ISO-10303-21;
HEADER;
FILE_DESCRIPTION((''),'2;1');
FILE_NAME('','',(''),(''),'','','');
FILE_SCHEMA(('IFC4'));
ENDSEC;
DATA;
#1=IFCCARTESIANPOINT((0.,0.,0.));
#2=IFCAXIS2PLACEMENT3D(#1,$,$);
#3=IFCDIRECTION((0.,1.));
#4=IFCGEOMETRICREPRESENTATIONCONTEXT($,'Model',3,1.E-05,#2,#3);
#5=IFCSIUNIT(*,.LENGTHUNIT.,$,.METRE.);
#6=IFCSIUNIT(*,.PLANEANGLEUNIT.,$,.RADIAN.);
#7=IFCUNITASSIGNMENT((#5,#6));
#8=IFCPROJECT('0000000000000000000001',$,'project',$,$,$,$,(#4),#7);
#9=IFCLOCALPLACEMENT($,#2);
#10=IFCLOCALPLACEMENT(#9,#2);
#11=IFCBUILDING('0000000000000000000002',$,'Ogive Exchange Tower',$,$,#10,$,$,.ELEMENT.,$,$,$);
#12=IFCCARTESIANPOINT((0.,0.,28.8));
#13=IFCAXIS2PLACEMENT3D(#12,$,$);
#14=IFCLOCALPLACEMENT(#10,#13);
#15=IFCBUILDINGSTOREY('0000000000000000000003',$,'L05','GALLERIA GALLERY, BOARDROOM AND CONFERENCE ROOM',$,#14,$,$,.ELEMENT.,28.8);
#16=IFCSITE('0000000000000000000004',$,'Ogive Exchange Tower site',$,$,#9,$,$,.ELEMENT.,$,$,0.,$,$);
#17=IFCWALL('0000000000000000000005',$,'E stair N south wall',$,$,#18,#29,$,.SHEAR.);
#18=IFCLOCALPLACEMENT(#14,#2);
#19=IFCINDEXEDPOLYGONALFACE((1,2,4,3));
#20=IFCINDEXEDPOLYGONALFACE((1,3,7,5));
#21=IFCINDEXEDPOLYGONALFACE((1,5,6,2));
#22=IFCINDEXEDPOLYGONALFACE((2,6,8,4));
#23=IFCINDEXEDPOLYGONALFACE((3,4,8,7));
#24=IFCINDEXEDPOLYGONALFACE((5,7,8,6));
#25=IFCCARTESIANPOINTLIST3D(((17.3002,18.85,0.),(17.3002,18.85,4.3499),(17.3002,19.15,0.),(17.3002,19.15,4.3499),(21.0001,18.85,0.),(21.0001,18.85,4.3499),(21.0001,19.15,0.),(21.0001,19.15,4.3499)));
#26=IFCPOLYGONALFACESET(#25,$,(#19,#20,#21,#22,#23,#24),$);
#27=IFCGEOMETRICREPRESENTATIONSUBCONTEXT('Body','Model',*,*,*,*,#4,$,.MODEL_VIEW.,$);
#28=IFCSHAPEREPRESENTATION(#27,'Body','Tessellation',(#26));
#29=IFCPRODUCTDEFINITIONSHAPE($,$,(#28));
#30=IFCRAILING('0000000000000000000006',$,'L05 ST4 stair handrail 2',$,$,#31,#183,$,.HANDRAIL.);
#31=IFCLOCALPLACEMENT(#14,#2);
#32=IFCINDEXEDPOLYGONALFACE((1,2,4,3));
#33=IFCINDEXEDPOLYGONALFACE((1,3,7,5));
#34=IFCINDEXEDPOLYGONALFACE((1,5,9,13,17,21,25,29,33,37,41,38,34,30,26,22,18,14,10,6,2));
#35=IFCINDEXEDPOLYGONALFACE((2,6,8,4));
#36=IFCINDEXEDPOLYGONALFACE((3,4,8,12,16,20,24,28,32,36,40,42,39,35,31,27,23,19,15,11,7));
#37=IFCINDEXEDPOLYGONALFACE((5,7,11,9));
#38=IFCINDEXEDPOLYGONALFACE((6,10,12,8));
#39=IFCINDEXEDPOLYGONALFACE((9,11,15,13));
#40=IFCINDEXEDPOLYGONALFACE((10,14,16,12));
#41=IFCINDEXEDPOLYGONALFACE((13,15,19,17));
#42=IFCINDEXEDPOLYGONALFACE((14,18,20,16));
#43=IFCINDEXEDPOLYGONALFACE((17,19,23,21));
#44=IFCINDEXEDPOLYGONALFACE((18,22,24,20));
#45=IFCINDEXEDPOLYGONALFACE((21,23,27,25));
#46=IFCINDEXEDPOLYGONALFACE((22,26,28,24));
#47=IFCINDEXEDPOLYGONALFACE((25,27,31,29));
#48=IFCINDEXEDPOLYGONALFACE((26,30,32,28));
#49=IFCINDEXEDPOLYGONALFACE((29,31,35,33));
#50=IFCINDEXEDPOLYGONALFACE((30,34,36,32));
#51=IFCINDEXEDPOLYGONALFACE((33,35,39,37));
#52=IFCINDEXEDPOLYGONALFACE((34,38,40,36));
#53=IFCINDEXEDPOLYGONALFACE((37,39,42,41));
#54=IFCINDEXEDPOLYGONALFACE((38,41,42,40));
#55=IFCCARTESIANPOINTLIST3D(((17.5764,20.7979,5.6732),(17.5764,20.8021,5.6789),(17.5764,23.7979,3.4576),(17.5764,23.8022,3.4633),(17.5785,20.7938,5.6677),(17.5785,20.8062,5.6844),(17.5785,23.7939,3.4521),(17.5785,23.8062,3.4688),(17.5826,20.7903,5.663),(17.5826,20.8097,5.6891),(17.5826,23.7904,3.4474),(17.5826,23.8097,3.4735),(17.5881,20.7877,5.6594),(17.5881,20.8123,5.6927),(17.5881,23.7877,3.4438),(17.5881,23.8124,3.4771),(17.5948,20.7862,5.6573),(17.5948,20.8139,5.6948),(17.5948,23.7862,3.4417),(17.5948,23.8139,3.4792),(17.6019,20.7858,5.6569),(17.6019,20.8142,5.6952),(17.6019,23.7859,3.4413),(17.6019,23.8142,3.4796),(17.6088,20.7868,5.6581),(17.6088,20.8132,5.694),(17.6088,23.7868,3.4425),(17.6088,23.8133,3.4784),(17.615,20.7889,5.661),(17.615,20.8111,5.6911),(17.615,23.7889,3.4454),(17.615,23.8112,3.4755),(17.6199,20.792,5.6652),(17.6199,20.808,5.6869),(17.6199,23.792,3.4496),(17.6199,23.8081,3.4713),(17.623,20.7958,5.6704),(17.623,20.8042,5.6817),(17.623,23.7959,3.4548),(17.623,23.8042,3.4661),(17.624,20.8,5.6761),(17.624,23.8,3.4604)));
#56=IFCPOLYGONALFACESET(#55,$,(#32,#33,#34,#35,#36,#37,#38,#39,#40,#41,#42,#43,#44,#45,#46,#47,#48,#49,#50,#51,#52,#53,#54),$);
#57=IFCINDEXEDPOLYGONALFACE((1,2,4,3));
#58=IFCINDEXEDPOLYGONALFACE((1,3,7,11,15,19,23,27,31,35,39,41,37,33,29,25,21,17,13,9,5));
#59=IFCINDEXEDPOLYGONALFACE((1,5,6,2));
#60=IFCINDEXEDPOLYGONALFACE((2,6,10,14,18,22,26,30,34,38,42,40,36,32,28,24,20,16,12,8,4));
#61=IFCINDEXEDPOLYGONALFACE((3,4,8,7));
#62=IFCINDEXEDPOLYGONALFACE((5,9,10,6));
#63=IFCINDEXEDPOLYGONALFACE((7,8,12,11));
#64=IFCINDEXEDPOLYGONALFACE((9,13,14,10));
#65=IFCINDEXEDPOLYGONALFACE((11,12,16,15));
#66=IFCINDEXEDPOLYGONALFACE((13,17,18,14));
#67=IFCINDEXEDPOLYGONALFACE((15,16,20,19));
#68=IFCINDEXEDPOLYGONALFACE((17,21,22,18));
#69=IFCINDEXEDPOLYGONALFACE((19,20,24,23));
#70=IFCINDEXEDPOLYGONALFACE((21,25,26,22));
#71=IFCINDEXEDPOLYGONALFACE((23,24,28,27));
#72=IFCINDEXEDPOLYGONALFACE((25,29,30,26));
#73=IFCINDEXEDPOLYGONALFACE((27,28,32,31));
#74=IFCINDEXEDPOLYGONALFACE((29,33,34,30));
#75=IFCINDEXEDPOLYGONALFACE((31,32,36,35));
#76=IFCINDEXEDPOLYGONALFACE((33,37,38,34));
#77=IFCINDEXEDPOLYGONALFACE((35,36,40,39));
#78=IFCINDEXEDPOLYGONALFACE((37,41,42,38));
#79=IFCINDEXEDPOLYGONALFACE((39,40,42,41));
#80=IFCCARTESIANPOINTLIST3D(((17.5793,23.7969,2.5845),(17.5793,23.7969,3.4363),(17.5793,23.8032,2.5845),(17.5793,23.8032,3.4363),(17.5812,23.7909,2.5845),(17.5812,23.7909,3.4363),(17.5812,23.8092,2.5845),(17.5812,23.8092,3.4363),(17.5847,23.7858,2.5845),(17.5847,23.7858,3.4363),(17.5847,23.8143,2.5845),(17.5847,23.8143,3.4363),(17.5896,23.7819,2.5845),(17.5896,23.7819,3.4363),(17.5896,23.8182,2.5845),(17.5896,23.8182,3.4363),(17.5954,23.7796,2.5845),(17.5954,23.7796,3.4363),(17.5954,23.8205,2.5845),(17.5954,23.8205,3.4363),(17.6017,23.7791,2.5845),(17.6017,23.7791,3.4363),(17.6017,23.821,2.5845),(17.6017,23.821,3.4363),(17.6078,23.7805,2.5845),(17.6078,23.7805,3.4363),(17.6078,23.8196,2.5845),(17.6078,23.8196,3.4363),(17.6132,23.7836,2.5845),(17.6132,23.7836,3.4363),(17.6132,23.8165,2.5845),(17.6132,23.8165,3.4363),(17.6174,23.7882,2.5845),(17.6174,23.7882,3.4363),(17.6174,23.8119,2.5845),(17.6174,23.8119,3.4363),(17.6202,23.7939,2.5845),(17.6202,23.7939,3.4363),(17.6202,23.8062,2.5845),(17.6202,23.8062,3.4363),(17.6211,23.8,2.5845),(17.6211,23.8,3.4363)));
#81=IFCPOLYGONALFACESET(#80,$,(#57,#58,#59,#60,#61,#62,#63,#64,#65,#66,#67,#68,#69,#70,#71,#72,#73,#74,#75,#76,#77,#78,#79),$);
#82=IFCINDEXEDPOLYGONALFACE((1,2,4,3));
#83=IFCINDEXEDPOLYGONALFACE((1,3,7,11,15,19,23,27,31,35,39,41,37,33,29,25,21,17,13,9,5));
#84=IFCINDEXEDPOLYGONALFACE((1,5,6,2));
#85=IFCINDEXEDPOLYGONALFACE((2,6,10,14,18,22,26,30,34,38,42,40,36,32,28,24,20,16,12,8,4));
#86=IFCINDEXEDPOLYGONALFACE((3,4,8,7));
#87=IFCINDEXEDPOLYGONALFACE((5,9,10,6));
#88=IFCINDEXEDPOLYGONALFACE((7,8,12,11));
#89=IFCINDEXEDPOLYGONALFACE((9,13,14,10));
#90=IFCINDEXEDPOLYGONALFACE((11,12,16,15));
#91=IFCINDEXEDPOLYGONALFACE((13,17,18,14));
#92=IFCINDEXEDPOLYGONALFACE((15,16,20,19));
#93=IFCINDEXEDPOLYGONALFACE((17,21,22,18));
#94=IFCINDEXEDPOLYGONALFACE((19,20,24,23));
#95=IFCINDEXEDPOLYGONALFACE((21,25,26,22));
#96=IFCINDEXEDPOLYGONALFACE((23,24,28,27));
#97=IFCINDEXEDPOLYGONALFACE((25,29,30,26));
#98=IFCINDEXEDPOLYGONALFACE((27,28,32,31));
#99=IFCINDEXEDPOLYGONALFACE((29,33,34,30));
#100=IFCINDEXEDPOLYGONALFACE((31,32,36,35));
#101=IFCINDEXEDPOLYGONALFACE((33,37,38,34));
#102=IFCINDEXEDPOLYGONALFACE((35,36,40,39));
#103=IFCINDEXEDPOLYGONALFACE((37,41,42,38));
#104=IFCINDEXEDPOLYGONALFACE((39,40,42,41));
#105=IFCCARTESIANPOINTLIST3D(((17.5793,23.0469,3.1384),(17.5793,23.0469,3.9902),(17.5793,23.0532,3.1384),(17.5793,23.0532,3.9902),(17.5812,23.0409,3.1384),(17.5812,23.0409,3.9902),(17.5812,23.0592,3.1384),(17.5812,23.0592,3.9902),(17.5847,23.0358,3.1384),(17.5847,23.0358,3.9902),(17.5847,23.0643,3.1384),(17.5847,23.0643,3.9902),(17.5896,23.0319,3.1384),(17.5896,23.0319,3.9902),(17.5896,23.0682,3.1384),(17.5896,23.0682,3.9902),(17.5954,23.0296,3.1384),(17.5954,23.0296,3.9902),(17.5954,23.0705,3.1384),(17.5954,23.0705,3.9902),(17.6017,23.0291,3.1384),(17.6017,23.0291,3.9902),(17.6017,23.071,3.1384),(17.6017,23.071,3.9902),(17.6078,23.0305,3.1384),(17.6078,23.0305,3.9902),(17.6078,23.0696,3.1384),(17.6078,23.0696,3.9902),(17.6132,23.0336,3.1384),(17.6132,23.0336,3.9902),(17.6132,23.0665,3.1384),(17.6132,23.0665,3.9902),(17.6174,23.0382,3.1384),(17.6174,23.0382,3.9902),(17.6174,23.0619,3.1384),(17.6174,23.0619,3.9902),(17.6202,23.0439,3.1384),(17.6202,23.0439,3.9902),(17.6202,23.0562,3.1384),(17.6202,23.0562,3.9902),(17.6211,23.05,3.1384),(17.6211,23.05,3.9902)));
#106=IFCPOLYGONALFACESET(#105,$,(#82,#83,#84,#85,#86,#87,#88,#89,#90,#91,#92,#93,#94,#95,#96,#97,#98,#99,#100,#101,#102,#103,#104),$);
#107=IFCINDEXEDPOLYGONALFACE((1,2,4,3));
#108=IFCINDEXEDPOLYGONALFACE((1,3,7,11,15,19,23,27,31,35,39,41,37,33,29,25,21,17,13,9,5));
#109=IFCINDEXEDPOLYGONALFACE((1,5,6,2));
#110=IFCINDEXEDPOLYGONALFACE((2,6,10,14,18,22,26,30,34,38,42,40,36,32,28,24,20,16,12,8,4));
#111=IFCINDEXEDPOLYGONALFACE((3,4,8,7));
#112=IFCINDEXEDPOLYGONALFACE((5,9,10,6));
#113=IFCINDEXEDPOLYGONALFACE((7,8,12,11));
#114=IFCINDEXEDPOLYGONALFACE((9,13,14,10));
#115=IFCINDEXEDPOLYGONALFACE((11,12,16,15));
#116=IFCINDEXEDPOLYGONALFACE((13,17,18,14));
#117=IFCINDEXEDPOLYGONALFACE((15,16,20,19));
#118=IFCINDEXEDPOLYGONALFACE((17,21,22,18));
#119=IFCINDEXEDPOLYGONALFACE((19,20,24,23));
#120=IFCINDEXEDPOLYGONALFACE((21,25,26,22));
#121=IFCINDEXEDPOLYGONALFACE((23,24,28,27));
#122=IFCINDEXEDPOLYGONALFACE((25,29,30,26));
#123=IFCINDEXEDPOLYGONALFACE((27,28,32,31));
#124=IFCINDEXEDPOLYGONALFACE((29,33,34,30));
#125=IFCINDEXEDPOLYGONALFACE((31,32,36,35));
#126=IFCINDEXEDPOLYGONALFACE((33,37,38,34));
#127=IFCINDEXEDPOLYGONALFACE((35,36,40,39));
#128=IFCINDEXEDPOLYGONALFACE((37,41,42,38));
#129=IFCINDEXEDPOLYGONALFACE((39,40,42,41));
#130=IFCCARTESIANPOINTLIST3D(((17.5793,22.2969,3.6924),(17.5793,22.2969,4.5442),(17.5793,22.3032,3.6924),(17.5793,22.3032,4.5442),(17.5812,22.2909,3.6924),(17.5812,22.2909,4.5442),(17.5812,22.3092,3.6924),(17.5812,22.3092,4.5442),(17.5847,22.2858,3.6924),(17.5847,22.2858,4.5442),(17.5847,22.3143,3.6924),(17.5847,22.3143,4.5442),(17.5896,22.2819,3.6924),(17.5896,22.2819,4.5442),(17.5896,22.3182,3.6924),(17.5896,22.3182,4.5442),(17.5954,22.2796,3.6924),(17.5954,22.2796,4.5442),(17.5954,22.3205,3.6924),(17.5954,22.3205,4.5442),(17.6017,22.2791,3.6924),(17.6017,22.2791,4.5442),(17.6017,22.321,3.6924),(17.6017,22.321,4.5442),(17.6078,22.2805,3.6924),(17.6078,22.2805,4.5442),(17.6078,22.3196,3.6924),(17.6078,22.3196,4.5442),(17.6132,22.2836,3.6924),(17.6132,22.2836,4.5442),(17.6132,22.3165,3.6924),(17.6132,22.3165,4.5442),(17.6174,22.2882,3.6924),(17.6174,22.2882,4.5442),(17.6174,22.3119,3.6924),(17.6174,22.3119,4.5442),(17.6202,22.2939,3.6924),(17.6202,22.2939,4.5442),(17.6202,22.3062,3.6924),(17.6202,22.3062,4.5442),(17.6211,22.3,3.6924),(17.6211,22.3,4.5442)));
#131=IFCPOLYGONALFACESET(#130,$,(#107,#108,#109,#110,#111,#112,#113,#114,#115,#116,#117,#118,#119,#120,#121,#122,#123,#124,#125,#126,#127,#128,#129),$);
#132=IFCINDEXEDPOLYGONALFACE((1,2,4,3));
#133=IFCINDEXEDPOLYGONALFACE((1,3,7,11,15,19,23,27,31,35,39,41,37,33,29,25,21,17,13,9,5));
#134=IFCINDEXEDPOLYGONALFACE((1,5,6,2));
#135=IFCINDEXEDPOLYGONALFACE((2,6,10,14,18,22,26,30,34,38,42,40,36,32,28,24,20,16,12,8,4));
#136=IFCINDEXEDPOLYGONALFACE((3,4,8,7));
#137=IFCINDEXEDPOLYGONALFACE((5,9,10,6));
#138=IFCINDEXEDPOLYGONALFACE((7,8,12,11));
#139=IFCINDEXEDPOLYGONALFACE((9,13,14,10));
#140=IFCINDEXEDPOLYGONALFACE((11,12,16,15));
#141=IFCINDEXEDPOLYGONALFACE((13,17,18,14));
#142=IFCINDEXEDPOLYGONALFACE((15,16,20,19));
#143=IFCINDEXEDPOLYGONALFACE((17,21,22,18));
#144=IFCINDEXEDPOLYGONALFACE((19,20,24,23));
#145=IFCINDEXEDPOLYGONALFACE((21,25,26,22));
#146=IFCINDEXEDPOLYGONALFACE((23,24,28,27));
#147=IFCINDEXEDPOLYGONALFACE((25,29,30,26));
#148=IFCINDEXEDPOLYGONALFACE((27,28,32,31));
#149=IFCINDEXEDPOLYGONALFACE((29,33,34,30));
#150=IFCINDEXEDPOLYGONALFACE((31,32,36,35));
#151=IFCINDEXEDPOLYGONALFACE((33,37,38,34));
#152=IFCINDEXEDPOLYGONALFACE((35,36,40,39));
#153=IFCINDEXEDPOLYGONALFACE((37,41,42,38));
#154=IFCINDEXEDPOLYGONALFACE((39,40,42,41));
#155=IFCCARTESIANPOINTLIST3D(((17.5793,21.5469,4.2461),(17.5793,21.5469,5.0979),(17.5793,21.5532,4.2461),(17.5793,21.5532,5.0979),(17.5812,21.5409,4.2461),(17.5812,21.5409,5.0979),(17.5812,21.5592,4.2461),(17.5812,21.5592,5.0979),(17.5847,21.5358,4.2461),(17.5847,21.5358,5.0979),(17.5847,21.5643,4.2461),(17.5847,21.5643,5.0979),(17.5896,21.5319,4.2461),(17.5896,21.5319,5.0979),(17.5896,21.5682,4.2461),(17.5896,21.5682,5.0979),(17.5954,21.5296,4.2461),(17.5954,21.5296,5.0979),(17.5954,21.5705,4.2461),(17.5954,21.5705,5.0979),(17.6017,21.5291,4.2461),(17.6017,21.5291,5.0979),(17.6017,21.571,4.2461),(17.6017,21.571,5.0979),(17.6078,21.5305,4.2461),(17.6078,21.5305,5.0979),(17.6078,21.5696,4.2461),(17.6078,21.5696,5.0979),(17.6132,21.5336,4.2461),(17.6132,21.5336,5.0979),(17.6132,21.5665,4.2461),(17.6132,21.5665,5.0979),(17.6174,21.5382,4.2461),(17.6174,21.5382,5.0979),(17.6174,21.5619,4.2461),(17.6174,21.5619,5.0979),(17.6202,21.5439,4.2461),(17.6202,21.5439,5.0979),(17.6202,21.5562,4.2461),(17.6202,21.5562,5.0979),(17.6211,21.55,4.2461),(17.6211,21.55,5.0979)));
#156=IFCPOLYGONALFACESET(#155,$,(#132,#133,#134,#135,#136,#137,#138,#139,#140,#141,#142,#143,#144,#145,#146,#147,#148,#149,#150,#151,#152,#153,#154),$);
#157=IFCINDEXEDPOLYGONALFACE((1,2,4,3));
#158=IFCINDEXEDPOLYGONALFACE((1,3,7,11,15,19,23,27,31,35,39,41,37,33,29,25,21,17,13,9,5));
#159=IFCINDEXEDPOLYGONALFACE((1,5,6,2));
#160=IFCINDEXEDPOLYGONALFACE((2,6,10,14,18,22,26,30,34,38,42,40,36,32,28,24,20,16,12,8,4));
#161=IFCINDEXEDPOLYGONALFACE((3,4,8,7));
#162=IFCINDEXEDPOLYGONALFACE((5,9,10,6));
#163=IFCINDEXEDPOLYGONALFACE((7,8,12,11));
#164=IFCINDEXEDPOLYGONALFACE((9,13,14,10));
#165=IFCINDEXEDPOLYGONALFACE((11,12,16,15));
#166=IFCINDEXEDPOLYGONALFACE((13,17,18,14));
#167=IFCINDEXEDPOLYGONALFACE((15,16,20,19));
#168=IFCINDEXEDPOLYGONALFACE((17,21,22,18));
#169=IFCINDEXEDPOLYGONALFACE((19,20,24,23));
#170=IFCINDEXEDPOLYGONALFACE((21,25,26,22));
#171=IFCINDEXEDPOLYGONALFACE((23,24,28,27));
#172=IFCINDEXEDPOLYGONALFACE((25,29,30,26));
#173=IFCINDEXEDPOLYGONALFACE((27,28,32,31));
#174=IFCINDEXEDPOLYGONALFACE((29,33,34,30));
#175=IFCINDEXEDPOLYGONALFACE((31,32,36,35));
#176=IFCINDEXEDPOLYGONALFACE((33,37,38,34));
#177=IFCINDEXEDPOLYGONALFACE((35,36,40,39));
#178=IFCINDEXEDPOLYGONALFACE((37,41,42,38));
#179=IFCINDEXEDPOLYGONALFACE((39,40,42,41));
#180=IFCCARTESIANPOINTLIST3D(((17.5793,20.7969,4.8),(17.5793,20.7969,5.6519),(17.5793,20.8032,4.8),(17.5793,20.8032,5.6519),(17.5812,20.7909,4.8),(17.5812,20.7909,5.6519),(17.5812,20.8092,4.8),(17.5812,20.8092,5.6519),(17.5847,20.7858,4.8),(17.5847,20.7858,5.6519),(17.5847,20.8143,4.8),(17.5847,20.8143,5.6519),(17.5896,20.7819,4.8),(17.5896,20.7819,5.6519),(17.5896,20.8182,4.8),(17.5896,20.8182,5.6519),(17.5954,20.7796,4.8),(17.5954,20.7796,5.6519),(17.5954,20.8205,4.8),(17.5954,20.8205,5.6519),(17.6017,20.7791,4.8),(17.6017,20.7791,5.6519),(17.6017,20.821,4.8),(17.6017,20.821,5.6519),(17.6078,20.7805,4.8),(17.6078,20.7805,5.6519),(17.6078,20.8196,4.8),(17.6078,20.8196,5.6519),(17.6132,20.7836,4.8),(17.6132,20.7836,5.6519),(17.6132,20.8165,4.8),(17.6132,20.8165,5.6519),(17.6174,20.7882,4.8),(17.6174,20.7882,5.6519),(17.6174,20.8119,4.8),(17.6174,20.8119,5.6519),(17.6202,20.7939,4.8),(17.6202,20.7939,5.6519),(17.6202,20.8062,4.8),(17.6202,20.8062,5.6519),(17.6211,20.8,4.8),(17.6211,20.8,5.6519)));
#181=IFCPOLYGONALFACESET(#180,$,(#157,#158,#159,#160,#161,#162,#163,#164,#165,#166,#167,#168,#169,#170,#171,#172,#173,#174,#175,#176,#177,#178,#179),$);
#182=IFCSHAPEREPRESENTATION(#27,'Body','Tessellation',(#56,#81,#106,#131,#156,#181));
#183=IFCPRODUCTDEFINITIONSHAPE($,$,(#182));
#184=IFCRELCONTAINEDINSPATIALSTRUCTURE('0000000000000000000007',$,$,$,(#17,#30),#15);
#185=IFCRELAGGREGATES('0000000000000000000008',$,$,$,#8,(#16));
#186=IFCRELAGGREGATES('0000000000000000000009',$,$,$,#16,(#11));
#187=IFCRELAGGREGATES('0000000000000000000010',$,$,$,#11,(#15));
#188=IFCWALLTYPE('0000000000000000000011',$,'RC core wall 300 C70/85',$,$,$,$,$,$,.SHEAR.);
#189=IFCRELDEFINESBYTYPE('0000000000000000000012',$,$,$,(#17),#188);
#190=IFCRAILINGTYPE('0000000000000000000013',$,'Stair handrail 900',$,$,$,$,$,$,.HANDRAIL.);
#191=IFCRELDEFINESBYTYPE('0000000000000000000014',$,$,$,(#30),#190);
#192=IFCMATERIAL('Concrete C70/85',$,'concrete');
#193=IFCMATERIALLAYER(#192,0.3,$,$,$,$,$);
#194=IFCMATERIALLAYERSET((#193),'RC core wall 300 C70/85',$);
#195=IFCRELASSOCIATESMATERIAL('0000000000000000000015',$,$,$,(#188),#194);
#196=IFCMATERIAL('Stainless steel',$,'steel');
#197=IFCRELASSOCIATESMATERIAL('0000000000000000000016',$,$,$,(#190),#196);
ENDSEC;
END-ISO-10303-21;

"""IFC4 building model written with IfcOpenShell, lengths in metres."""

from ifc_helpers import new_model, si_unit, direction, frame, frame_2d, origin, origin_2d, place, context, subcontext, project, spatial, rectangle, circle, extrude, material, layer, layer_set, type_object, element, save


model = new_model("IFC4")

# Units and contexts
model_context = context("Model", 3, precision=1e-05, world=origin(), true_north=direction((0.0, 1.0)))
body_context = subcontext(model_context, "Body", "Model", "MODEL_VIEW")
ifc_project = project(units=[si_unit("LENGTHUNIT", "METRE"), si_unit("PLANEANGLEUNIT", "RADIAN")], contexts=[model_context])

# Site, building, storey
site_placement = place(None, origin())
site = spatial("IfcSite", under=ifc_project, at=site_placement, Name="Ogive Exchange Tower site", CompositionType="ELEMENT", RefElevation=0.0)
building_placement = place(site_placement, origin())
building = spatial("IfcBuilding", under=site, at=building_placement, Name="Ogive Exchange Tower", CompositionType="ELEMENT")
storey_placement = place(building_placement, frame((0.0, 0.0, 28.8)))
storey = spatial("IfcBuildingStorey", under=building, at=storey_placement, Name="L05", Description="GALLERIA GALLERY, BOARDROOM AND CONFERENCE ROOM", CompositionType="ELEMENT", Elevation=28.8)

# Shared definitions
ifc_material_1 = material(Name="Concrete C70/85", Category="concrete")

# Wall
ifc_layer_1 = layer(ifc_material_1, 0.3)
ifc_layer_set_1 = layer_set([ifc_layer_1], Name="RC core wall 300 C70/85")
wall_type_1 = type_object("IfcWallType", Name="RC core wall 300 C70/85", PredefinedType="SHEAR", material=ifc_layer_set_1)
wall_1_placement = place(storey_placement, frame((17.3, 19.0, 0.0), z_axis=(0.0, 0.0, 1.0), x_axis=(1.0, 0.0, 0.0)))
element("IfcWall", 1, at=wall_1_placement, inside=storey, type_object=wall_type_1, Name="E stair N south wall", PredefinedType="SHEAR", context=body_context, shape_type="SweptSolid", body=[
    extrude(rectangle(XDim=3.7, YDim=0.3, at=frame_2d((1.8501, 0.0))), origin(), (0.0, 0.0, 1.0), 4.3499),
])

# Railing
ifc_material_2 = material(Name="Stainless steel", Category="steel")
railing_type = type_object("IfcRailingType", Name="Stair handrail 900", PredefinedType="HANDRAIL", material=ifc_material_2)
railing_placement = place(storey_placement, frame((17.6001, 23.8, 2.5845)))
element("IfcRailing", 2, at=railing_placement, inside=storey, type_object=railing_type, Name="L05 ST4 stair handrail 2", PredefinedType="HANDRAIL", context=body_context, shape_type="SweptSolid", body=[
    extrude(circle(Radius=0.0239, at=origin_2d()), frame((0.0, 0.0, 0.876), z_axis=(0.0, -0.804409, 0.594076), x_axis=(1.0, 0.0, 0.0)), (0.0, 0.0, 1.0), 3.7295),
    extrude(circle(Radius=0.021, at=origin_2d()), origin(), (0.0, 0.0, 1.0), 0.8518),
    extrude(circle(Radius=0.021, at=origin_2d()), frame((0.0, -0.75, 0.554)), (0.0, 0.0, 1.0), 0.8518),
    extrude(circle(Radius=0.021, at=origin_2d()), frame((0.0, -1.5, 1.1079)), (0.0, 0.0, 1.0), 0.8518),
    extrude(circle(Radius=0.021, at=origin_2d()), frame((0.0, -2.25, 1.6616)), (0.0, 0.0, 1.0), 0.8518),
    extrude(circle(Radius=0.021, at=origin_2d()), frame((0.0, -3.0, 2.2156)), (0.0, 0.0, 1.0), 0.8518),
])

save(model, "model.ifc")
